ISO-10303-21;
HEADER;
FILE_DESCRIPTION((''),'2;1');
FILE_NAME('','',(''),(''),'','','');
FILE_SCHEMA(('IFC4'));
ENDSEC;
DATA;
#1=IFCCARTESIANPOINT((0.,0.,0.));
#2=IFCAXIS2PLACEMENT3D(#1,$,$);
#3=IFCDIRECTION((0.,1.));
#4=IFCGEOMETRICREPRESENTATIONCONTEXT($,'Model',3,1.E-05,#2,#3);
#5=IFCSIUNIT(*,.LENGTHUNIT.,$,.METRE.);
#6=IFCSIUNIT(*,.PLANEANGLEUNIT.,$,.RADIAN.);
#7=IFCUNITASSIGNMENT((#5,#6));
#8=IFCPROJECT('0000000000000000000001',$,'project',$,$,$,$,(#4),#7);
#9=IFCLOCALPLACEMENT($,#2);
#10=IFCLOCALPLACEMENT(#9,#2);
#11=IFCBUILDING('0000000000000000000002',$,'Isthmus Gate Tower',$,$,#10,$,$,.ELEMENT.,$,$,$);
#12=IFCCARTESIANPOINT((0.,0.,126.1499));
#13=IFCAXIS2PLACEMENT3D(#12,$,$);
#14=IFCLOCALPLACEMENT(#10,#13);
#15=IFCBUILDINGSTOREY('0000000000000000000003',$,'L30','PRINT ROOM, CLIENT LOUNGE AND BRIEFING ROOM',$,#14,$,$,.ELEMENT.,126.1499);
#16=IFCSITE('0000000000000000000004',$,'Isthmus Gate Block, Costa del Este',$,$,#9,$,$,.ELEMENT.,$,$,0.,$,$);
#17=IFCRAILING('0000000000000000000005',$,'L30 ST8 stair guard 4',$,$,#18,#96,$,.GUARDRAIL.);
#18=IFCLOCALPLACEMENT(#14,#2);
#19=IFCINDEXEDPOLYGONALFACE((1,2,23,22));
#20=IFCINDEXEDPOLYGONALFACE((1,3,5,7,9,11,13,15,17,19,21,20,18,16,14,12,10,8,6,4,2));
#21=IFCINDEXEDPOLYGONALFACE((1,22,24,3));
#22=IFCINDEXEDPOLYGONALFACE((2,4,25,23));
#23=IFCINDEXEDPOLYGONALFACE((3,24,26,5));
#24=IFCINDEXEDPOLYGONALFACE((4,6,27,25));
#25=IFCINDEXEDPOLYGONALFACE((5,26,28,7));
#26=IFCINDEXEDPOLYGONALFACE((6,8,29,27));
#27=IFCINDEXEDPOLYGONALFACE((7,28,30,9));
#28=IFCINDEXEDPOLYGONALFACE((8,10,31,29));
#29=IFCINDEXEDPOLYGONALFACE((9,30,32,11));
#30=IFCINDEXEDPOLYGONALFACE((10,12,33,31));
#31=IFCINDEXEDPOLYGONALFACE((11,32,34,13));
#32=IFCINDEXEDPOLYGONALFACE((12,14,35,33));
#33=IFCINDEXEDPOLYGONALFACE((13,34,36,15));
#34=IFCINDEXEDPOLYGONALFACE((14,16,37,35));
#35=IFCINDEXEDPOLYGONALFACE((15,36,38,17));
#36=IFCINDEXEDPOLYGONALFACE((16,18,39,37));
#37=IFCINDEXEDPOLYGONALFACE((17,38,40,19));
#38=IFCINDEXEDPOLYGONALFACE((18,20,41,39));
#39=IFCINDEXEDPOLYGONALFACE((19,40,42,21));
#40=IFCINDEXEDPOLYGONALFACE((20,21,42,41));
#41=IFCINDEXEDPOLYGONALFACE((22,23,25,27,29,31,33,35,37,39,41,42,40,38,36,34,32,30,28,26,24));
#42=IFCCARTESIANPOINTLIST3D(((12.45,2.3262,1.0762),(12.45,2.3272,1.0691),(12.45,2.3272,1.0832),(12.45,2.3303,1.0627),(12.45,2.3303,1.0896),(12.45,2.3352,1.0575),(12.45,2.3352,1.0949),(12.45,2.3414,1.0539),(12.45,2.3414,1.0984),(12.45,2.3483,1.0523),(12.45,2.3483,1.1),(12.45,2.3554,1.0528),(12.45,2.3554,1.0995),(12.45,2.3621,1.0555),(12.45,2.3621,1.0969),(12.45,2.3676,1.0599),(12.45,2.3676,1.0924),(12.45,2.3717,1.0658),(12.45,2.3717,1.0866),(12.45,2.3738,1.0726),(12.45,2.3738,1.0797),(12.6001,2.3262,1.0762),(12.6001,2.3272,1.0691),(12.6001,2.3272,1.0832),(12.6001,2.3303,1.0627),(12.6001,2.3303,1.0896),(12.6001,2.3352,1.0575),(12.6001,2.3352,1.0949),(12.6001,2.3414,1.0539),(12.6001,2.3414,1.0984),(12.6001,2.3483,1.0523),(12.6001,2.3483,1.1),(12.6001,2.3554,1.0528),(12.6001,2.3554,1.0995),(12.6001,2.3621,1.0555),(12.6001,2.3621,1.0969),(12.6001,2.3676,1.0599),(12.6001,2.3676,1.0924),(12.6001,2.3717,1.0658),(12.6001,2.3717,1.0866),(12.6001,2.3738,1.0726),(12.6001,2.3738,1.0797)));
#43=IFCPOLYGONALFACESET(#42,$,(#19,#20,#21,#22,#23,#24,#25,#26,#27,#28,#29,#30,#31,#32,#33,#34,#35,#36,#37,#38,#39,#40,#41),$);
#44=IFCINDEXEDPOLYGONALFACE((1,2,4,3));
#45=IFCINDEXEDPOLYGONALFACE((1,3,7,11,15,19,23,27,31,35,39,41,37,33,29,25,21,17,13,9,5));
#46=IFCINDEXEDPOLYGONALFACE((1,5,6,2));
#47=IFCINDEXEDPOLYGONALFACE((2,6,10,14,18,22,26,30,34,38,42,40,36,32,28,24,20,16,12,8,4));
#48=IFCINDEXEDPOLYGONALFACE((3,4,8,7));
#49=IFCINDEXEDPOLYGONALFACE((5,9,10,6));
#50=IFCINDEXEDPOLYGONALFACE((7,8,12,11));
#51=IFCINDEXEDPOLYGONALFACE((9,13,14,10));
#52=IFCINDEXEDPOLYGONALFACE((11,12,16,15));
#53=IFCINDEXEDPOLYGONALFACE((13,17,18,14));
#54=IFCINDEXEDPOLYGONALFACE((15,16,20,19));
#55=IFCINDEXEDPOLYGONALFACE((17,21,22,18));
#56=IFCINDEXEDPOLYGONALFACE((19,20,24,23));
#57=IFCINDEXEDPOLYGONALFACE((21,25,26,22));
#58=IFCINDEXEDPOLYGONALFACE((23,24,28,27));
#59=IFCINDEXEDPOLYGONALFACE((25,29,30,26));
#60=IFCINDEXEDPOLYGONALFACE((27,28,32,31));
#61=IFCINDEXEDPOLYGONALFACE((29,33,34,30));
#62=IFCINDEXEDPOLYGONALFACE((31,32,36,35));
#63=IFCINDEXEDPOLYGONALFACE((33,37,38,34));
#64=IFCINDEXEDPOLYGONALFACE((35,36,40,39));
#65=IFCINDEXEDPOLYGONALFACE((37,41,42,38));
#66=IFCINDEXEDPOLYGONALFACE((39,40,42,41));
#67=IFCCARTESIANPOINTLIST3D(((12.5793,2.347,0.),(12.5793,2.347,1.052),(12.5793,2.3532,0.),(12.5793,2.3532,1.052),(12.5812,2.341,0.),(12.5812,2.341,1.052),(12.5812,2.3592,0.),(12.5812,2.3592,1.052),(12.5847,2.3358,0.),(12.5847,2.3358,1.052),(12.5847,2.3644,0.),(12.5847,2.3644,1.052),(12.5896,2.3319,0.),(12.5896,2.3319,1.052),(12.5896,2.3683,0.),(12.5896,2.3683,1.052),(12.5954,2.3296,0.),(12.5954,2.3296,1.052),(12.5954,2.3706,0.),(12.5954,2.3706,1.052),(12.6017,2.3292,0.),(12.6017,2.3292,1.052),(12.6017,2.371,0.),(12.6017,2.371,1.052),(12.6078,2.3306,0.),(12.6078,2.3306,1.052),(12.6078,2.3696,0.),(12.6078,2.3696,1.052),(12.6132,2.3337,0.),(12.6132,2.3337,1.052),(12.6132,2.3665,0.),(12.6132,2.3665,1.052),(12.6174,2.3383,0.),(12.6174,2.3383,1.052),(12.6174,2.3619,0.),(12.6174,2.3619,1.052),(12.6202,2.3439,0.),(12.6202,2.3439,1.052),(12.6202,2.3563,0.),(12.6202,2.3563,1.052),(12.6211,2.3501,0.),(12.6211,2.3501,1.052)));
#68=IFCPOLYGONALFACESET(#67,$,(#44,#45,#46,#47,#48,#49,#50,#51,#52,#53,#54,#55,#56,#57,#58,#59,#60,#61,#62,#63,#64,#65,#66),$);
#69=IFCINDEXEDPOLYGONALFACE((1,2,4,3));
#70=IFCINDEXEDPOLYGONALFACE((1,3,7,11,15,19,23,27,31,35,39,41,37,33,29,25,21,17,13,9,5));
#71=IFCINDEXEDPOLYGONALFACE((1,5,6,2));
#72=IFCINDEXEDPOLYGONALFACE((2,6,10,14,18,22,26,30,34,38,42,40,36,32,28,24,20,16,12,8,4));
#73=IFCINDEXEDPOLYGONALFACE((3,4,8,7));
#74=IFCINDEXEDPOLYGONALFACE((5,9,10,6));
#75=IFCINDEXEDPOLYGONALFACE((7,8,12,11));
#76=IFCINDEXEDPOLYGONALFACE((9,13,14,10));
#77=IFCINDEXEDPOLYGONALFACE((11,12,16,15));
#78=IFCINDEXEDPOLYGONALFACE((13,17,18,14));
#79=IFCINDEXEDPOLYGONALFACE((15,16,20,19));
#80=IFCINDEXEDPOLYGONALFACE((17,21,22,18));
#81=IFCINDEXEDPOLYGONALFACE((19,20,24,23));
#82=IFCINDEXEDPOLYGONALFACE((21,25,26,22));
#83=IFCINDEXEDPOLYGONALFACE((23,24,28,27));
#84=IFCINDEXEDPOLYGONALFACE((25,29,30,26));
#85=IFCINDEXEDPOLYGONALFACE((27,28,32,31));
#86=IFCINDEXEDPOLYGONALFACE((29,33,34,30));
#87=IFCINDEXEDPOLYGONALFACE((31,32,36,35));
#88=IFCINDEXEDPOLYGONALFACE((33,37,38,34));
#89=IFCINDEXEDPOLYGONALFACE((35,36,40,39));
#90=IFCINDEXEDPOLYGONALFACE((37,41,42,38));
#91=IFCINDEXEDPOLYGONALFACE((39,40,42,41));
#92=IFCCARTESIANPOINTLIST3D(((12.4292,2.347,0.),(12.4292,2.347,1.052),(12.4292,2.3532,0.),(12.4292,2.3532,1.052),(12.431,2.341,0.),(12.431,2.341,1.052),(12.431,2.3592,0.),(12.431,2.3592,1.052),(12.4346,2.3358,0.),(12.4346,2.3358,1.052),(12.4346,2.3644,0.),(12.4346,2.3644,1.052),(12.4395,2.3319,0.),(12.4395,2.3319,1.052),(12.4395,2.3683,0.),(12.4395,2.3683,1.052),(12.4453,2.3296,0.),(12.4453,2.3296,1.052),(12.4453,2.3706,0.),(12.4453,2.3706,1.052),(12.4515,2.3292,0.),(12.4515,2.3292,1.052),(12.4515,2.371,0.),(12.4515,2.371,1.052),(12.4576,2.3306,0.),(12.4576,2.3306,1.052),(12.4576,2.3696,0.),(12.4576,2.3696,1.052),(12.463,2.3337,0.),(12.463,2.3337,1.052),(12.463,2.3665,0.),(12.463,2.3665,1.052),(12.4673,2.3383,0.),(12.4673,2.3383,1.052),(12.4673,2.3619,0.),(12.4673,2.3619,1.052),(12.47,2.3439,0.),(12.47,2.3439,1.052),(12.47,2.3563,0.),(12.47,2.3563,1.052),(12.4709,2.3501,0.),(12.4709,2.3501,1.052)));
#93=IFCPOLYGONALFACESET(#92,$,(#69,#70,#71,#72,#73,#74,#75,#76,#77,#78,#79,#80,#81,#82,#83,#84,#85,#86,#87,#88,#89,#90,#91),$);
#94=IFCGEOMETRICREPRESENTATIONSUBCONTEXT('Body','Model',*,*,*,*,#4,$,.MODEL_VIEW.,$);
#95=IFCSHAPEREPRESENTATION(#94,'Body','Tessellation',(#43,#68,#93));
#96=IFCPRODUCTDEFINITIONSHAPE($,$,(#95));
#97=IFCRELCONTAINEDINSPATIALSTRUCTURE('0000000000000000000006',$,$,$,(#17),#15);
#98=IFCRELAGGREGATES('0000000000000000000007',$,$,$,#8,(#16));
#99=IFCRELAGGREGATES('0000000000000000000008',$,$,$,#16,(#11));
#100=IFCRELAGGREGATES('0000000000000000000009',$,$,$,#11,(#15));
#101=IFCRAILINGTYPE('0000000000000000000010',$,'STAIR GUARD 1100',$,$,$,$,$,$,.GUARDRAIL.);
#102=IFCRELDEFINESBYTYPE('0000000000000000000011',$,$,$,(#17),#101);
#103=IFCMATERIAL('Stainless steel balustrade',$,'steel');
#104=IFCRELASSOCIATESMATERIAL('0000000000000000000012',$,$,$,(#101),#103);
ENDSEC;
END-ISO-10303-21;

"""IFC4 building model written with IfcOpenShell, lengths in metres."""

from ifc_helpers import new_model, si_unit, direction, frame, origin, origin_2d, place, context, subcontext, project, spatial, circle, extrude, material, type_object, element, save


model = new_model("IFC4")

# Units and contexts
model_context = context("Model", 3, precision=1e-05, world=origin(), true_north=direction((0.0, 1.0)))
body_context = subcontext(model_context, "Body", "Model", "MODEL_VIEW")
ifc_project = project(units=[si_unit("LENGTHUNIT", "METRE"), si_unit("PLANEANGLEUNIT", "RADIAN")], contexts=[model_context])

# Site, building, storey
site_placement = place(None, origin())
site = spatial("IfcSite", under=ifc_project, at=site_placement, Name="Isthmus Gate Block, Costa del Este", CompositionType="ELEMENT", RefElevation=0.0)
building_placement = place(site_placement, origin())
building = spatial("IfcBuilding", under=site, at=building_placement, Name="Isthmus Gate Tower", CompositionType="ELEMENT")
storey_placement = place(building_placement, frame((0.0, 0.0, 126.1499)))
storey = spatial("IfcBuildingStorey", under=building, at=storey_placement, Name="L30", Description="PRINT ROOM, CLIENT LOUNGE AND BRIEFING ROOM", CompositionType="ELEMENT", Elevation=126.1499)

# Railing
ifc_material_1 = material(Name="Stainless steel balustrade", Category="steel")
railing_type_1 = type_object("IfcRailingType", Name="STAIR GUARD 1100", PredefinedType="GUARDRAIL", material=ifc_material_1)
railing_1_placement = place(storey_placement, frame((12.6001, 2.3501, 0.0)))
element("IfcRailing", 1, at=railing_1_placement, inside=storey, type_object=railing_type_1, Name="L30 ST8 stair guard 4", PredefinedType="GUARDRAIL", context=body_context, shape_type="SweptSolid", body=[
    extrude(circle(Radius=0.0239, at=origin_2d()), frame((0.0, 0.0, 1.0762), z_axis=(-1.0, 0.0, 0.0), x_axis=(0.0, -1.0, 0.0)), (0.0, 0.0, 1.0), 0.1501),
    extrude(circle(Radius=0.021, at=origin_2d()), origin(), (0.0, 0.0, 1.0), 1.052),
    extrude(circle(Radius=0.021, at=origin_2d()), frame((-0.1501, 0.0, 0.0)), (0.0, 0.0, 1.0), 1.052),
])

save(model, "model.ifc")
